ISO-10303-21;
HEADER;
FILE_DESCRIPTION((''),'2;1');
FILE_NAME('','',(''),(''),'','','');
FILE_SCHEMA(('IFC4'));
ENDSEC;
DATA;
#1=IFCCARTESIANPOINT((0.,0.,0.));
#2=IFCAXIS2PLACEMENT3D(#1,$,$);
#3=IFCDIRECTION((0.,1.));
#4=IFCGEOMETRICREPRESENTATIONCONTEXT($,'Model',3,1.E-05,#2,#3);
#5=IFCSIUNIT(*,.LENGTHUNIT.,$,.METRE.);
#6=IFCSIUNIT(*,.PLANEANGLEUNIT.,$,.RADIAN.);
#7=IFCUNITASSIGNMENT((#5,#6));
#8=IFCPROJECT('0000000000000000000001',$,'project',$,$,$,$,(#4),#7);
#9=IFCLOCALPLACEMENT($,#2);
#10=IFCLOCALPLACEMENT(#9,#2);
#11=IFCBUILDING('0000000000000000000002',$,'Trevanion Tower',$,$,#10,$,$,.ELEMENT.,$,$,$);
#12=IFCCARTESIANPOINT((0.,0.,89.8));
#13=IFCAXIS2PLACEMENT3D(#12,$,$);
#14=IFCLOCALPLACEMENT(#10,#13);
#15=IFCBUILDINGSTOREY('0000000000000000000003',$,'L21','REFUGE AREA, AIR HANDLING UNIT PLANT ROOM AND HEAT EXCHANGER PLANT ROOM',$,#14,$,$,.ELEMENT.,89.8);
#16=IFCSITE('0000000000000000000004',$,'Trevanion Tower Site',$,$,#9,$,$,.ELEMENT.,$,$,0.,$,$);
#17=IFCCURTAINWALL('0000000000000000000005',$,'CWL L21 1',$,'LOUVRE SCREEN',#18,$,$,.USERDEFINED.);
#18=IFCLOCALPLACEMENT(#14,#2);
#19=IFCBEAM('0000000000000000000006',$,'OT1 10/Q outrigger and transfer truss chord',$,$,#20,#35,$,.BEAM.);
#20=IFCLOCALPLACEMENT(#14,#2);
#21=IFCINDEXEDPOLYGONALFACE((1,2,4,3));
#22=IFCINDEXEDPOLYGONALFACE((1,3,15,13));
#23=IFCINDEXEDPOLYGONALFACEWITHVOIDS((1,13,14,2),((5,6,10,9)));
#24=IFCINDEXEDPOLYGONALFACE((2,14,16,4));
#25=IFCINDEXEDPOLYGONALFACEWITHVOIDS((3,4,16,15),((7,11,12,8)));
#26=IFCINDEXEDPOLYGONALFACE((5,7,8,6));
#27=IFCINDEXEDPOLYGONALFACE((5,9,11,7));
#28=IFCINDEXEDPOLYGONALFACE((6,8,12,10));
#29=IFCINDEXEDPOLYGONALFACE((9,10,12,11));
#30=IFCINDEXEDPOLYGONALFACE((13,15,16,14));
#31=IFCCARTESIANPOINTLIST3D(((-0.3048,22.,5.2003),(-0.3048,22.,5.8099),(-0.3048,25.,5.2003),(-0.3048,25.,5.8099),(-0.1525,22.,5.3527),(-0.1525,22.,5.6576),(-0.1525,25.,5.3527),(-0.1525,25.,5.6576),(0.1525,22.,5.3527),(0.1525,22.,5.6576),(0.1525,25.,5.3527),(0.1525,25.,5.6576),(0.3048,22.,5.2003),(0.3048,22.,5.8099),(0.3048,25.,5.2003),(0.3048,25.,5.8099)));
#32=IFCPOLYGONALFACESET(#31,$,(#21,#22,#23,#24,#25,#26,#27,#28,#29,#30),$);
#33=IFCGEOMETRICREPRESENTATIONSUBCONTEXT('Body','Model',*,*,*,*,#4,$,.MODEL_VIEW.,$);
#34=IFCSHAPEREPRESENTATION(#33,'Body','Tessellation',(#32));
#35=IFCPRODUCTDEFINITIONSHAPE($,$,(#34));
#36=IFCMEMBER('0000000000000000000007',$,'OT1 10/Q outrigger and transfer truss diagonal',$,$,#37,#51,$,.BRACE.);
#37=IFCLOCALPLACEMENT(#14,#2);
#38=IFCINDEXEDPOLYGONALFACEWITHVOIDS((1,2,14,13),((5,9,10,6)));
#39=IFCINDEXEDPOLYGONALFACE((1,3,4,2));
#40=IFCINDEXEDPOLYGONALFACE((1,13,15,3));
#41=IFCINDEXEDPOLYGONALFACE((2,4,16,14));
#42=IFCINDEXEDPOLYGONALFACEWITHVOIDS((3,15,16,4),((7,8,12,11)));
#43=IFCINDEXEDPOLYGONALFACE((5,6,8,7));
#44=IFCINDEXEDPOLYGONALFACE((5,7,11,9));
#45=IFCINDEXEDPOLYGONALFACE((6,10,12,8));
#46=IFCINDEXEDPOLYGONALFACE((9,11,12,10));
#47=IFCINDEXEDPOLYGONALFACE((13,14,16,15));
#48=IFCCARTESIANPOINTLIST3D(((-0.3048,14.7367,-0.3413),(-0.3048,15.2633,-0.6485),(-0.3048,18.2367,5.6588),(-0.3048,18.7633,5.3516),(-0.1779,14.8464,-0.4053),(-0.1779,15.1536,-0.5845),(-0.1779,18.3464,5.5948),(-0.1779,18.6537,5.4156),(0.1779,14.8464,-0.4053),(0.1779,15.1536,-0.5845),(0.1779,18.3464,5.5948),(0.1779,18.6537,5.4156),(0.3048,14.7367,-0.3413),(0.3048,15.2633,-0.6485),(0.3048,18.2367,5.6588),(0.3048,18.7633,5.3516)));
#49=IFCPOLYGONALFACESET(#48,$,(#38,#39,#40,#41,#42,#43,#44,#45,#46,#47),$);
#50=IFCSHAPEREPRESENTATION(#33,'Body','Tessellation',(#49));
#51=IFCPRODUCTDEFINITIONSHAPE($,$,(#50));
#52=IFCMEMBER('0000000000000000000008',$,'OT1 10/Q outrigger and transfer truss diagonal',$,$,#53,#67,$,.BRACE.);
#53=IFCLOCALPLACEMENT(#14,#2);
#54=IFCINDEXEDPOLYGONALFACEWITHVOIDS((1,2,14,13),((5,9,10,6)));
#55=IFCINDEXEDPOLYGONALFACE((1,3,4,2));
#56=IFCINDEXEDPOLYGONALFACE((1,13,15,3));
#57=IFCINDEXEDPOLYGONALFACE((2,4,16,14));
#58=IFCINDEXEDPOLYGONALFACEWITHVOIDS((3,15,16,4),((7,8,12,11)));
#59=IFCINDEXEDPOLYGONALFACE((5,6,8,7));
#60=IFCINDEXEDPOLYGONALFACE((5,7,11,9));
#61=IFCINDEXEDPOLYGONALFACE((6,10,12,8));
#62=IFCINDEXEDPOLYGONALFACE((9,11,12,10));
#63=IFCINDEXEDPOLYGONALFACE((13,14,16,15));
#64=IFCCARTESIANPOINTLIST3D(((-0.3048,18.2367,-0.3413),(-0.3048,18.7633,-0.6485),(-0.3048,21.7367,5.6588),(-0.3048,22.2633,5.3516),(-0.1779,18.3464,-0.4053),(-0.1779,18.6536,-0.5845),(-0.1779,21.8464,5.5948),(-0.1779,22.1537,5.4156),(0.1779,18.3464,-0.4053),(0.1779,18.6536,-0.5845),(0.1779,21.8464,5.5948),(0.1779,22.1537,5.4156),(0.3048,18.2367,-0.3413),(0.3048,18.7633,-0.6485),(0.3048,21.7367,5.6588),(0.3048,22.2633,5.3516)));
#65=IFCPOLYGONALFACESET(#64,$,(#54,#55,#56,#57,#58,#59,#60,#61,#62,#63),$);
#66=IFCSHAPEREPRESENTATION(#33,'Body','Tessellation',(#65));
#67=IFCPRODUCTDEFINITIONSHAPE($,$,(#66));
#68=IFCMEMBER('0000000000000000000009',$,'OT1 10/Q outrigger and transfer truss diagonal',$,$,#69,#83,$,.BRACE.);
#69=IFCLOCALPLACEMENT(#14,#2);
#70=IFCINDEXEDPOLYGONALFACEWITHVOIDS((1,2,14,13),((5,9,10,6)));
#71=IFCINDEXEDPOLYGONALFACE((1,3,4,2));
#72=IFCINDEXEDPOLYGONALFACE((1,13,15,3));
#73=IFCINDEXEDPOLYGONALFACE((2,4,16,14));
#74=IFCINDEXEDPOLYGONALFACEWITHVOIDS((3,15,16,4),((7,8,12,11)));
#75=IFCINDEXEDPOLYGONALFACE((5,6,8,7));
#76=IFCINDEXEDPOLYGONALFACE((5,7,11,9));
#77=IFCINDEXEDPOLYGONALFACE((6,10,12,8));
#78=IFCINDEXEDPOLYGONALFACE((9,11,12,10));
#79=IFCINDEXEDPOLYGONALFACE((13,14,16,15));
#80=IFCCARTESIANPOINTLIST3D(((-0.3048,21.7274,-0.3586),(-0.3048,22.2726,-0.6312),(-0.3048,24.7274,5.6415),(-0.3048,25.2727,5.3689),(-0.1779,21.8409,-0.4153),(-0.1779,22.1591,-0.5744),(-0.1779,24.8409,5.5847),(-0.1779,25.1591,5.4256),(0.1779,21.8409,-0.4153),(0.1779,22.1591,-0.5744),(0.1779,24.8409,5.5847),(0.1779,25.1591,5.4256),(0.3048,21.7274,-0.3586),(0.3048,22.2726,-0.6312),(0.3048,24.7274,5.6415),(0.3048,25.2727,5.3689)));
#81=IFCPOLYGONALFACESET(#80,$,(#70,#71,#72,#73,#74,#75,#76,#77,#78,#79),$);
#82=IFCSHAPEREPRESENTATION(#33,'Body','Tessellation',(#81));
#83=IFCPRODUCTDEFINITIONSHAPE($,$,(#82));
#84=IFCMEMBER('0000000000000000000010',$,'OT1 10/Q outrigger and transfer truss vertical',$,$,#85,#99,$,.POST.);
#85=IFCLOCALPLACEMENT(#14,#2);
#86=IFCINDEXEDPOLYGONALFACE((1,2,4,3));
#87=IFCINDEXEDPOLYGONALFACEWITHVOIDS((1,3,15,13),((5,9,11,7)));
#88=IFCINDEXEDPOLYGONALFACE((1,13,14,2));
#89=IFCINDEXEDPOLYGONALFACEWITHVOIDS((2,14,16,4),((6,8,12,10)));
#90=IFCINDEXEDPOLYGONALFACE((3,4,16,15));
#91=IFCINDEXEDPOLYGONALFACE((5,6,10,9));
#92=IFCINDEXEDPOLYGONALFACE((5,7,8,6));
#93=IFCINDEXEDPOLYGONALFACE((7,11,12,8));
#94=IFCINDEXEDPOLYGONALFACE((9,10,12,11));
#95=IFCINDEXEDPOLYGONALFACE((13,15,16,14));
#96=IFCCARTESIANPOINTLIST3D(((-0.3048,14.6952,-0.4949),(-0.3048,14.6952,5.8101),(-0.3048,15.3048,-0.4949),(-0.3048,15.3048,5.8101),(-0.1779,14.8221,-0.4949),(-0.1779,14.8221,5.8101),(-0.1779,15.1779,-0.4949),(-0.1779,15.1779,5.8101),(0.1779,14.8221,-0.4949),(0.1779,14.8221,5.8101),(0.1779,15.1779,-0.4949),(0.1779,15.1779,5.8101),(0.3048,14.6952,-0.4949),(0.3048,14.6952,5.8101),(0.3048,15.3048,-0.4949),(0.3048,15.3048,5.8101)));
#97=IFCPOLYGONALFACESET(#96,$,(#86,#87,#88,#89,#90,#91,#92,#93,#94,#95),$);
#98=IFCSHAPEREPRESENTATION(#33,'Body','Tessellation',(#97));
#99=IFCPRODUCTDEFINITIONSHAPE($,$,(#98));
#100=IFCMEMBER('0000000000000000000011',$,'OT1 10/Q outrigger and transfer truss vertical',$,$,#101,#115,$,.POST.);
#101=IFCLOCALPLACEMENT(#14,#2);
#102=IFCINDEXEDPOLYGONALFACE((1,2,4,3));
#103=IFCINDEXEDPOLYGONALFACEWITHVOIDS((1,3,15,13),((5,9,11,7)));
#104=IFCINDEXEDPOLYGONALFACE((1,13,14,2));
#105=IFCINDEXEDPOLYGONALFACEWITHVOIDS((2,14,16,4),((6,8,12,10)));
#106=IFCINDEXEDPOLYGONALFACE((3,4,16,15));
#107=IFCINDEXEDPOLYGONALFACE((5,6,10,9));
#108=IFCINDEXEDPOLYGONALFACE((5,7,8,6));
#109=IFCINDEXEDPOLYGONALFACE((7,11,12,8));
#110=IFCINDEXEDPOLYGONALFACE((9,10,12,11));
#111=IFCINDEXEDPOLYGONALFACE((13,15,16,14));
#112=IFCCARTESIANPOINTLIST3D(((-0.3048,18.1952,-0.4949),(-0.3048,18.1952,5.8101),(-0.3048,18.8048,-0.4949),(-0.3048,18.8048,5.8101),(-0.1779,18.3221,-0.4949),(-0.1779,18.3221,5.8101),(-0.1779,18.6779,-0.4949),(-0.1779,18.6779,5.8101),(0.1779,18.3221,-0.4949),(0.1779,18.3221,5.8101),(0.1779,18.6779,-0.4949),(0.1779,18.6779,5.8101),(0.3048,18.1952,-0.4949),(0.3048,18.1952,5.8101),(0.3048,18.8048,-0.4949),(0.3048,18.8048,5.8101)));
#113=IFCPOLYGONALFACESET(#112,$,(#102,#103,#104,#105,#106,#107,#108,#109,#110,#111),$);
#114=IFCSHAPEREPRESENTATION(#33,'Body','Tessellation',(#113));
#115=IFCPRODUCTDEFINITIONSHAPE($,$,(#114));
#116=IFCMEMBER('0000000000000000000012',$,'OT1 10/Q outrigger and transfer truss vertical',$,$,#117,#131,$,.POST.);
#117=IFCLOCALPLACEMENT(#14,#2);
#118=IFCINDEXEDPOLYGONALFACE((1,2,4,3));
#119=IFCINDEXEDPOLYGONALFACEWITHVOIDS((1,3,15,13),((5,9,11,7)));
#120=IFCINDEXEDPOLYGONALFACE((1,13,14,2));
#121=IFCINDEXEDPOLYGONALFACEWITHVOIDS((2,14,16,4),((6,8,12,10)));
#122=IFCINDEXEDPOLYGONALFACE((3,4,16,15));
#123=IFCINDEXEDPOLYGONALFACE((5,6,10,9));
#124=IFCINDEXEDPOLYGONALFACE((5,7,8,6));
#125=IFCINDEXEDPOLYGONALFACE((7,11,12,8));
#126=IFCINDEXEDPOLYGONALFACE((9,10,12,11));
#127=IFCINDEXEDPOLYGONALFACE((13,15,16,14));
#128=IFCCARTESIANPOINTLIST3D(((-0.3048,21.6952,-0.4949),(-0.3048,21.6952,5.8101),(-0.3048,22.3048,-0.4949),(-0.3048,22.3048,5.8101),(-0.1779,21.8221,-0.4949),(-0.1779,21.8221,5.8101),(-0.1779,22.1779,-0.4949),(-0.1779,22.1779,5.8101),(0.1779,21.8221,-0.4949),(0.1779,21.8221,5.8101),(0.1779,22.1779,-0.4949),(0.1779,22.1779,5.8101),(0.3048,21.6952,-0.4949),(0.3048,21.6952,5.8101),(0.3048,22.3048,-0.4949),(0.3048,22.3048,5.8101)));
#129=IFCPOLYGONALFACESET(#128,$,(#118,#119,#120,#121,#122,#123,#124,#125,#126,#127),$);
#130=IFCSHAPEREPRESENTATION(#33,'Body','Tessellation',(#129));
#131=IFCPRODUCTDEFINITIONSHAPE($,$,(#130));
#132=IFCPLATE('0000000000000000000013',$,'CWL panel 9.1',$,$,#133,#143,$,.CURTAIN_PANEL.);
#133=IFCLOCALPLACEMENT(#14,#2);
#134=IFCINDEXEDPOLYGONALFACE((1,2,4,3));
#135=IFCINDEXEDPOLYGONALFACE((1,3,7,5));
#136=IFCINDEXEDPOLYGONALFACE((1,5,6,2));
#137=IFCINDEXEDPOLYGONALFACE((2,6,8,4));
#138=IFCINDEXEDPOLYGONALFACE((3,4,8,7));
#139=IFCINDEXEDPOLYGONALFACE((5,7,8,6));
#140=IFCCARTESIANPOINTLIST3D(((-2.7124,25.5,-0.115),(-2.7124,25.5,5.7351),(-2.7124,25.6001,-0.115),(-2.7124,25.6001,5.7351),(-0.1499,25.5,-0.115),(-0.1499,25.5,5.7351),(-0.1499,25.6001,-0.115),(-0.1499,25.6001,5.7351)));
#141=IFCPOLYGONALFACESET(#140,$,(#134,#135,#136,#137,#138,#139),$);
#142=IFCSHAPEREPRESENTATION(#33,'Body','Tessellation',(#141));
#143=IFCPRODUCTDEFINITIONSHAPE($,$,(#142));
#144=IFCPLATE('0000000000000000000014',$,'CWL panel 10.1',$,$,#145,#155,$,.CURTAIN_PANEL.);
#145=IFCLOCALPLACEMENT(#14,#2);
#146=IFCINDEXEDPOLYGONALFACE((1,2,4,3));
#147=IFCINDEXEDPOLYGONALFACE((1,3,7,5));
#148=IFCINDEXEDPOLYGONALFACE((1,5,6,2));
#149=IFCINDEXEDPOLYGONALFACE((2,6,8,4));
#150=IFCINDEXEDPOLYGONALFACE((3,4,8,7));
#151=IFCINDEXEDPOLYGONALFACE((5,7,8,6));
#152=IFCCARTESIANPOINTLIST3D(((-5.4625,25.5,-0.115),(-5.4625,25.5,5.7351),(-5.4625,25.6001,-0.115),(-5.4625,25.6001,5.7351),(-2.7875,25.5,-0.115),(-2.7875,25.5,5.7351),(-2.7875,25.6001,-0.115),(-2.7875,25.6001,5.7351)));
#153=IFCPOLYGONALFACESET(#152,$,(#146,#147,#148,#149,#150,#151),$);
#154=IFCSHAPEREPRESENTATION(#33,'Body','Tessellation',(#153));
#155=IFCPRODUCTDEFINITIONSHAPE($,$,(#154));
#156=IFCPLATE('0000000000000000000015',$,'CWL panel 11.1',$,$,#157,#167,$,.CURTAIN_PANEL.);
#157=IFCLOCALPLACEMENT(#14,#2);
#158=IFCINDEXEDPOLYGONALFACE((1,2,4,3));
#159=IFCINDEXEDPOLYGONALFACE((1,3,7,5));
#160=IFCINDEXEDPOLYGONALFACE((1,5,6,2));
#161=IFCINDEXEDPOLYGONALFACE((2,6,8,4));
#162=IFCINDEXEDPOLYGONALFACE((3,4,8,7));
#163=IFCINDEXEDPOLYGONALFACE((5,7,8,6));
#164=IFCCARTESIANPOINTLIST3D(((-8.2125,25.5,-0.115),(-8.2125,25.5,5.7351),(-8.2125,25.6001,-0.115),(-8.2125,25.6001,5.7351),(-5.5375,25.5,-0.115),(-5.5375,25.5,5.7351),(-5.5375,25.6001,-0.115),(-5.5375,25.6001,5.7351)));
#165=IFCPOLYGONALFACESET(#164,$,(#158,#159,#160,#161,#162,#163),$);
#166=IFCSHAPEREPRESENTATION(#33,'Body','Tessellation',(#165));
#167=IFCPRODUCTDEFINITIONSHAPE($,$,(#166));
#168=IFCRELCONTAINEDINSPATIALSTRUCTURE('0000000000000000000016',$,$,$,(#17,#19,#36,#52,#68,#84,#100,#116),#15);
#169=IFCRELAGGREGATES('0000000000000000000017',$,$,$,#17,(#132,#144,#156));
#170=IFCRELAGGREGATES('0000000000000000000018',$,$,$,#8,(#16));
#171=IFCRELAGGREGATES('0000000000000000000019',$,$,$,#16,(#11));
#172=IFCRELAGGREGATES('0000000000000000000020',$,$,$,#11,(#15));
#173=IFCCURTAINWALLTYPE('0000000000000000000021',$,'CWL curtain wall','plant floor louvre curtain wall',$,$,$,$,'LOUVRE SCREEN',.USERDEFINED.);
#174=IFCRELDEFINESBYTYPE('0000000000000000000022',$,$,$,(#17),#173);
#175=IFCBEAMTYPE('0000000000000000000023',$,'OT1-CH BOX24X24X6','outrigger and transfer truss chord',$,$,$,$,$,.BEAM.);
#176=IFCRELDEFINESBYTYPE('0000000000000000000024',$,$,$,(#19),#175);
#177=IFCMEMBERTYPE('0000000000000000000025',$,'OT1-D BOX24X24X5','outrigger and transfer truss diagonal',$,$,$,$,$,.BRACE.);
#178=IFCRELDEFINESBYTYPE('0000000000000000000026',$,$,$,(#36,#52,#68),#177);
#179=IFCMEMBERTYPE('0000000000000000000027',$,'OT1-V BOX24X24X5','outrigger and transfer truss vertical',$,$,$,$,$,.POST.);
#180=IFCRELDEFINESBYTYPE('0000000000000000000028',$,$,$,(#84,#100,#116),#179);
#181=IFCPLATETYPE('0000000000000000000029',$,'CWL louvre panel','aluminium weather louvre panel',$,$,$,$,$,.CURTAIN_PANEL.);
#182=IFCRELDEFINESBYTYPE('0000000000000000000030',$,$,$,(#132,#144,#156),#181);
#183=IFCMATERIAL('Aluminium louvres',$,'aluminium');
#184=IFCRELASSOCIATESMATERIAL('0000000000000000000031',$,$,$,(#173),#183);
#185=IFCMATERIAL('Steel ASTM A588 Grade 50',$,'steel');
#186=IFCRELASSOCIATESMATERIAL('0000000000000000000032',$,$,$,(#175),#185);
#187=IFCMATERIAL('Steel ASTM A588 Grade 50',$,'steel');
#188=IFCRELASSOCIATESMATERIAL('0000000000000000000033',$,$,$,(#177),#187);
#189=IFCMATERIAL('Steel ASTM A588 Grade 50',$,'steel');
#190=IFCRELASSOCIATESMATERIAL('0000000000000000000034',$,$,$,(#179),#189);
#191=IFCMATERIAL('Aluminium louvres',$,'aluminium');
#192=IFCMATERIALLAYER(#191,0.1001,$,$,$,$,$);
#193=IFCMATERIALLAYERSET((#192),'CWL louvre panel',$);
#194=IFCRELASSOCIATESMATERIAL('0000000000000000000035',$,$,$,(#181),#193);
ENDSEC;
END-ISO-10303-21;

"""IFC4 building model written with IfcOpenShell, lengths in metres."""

from ifc_helpers import new_model, si_unit, direction, frame, origin, origin_2d, place, context, subcontext, project, spatial, rectangle, hollow_rectangle, extrude, material, layer, layer_set, material_profile, profile_set, type_object, element, aggregate, save


model = new_model("IFC4")

# Units and contexts
model_context = context("Model", 3, precision=1e-05, world=origin(), true_north=direction((0.0, 1.0)))
body_context = subcontext(model_context, "Body", "Model", "MODEL_VIEW")
ifc_project = project(units=[si_unit("LENGTHUNIT", "METRE"), si_unit("PLANEANGLEUNIT", "RADIAN")], contexts=[model_context])

# Site, building, storey
site_placement = place(None, origin())
site = spatial("IfcSite", under=ifc_project, at=site_placement, Name="Trevanion Tower Site", CompositionType="ELEMENT", RefElevation=0.0)
building_placement = place(site_placement, origin())
building = spatial("IfcBuilding", under=site, at=building_placement, Name="Trevanion Tower", CompositionType="ELEMENT")
storey_placement = place(building_placement, frame((0.0, 0.0, 89.8)))
storey = spatial("IfcBuildingStorey", under=building, at=storey_placement, Name="L21", Description="REFUGE AREA, AIR HANDLING UNIT PLANT ROOM AND HEAT EXCHANGER PLANT ROOM", CompositionType="ELEMENT", Elevation=89.8)

# Curtain wall
ifc_material_1 = material(Name="Aluminium louvres", Category="aluminium")
curtain_wall_type = type_object("IfcCurtainWallType", Name="CWL curtain wall", Description="plant floor louvre curtain wall", ElementType="LOUVRE SCREEN", PredefinedType="USERDEFINED", material=ifc_material_1)
curtain_wall_placement = place(storey_placement, origin())
curtain_wall = element("IfcCurtainWall", 1, at=curtain_wall_placement, inside=storey, type_object=curtain_wall_type, Name="CWL L21 1", ObjectType="LOUVRE SCREEN", PredefinedType="USERDEFINED")

# Beam
ifc_material_2 = material(Name="Steel ASTM A588 Grade 50", Category="steel")
ifc_material_profile_1 = material_profile(ifc_material_2, hollow_rectangle(XDim=0.6096, YDim=0.6096, WallThickness=0.1523, at=origin_2d()), Name="BOX24X24X6")
ifc_profile_set_1 = profile_set([ifc_material_profile_1], Name="Steel ASTM A588 Grade 50")
beam_type_1 = type_object("IfcBeamType", Name="OT1-CH BOX24X24X6", Description="outrigger and transfer truss chord", PredefinedType="BEAM", material=ifc_profile_set_1)
beam_1_placement = place(storey_placement, frame((0.0, 22.0, 5.5051), z_axis=(0.0, 1.0, 0.0), x_axis=(-1.0, 0.0, 0.0)))
element("IfcBeam", 2, at=beam_1_placement, inside=storey, type_object=beam_type_1, Name="OT1 10/Q outrigger and transfer truss chord", PredefinedType="BEAM", context=body_context, shape_type="SweptSolid", body=[
    extrude(hollow_rectangle(XDim=0.6096, YDim=0.6096, WallThickness=0.1523, at=origin_2d()), origin(), (0.0, 0.0, 1.0), 3.0),
])

# Members
ifc_material_3 = material(Name="Steel ASTM A588 Grade 50", Category="steel")
ifc_material_profile_2 = material_profile(ifc_material_3, hollow_rectangle(XDim=0.6096, YDim=0.6096, WallThickness=0.127, at=origin_2d()), Name="BOX24X24X5")
ifc_profile_set_2 = profile_set([ifc_material_profile_2], Name="Steel ASTM A588 Grade 50")
member_type_1 = type_object("IfcMemberType", Name="OT1-D BOX24X24X5", Description="outrigger and transfer truss diagonal", PredefinedType="BRACE", material=ifc_profile_set_2)
for number, where, z_axis, x_axis, name in (
    (3, (0.0, 15.0, -0.4949), (0.0, 0.503871, 0.863779), (-1.0, 0.0, 0.0), "OT1 10/Q outrigger and transfer truss diagonal"),
    (4, (0.0, 18.5, -0.4949), (0.0, 0.503871, 0.863779), (-1.0, 0.0, 0.0), "OT1 10/Q outrigger and transfer truss diagonal"),
):
    element("IfcMember", number, at=place(storey_placement, frame(where, z_axis=z_axis, x_axis=x_axis)), inside=storey, type_object=member_type_1, Name=name, PredefinedType="BRACE", context=body_context, shape_type="SweptSolid", body=[
        extrude(hollow_rectangle(XDim=0.6096, YDim=0.6096, WallThickness=0.127, at=origin_2d()), origin(), (0.0, 0.0, 1.0), 6.9463),
    ])
member_1_placement = place(storey_placement, frame((0.0, 22.0, -0.4949), z_axis=(0.0, 0.447214, 0.894427), x_axis=(-1.0, 0.0, 0.0)))
element("IfcMember", 5, at=member_1_placement, inside=storey, type_object=member_type_1, Name="OT1 10/Q outrigger and transfer truss diagonal", PredefinedType="BRACE", context=body_context, shape_type="SweptSolid", body=[
    extrude(hollow_rectangle(XDim=0.6096, YDim=0.6096, WallThickness=0.127, at=origin_2d()), origin(), (0.0, 0.0, 1.0), 6.7083),
])
ifc_material_4 = material(Name="Steel ASTM A588 Grade 50", Category="steel")
ifc_material_profile_3 = material_profile(ifc_material_4, hollow_rectangle(XDim=0.6096, YDim=0.6096, WallThickness=0.127, at=origin_2d()), Name="BOX24X24X5")
ifc_profile_set_3 = profile_set([ifc_material_profile_3], Name="Steel ASTM A588 Grade 50")
member_type_2 = type_object("IfcMemberType", Name="OT1-V BOX24X24X5", Description="outrigger and transfer truss vertical", PredefinedType="POST", material=ifc_profile_set_3)
for number, where, z_axis, x_axis, name in (
    (6, (0.0, 15.0, -0.4949), (0.0, 0.0, 1.0), (1.0, 0.0, 0.0), "OT1 10/Q outrigger and transfer truss vertical"),
    (7, (0.0, 18.5, -0.4949), (0.0, 0.0, 1.0), (1.0, 0.0, 0.0), "OT1 10/Q outrigger and transfer truss vertical"),
    (8, (0.0, 22.0, -0.4949), (0.0, 0.0, 1.0), (1.0, 0.0, 0.0), "OT1 10/Q outrigger and transfer truss vertical"),
):
    element("IfcMember", number, at=place(storey_placement, frame(where, z_axis=z_axis, x_axis=x_axis)), inside=storey, type_object=member_type_2, Name=name, PredefinedType="POST", context=body_context, shape_type="SweptSolid", body=[
        extrude(hollow_rectangle(XDim=0.6096, YDim=0.6096, WallThickness=0.127, at=origin_2d()), origin(), (0.0, 0.0, 1.0), 6.3049),
    ])

# Plates
ifc_material_5 = material(Name="Aluminium louvres", Category="aluminium")
ifc_layer = layer(ifc_material_5, 0.1001)
ifc_layer_set = layer_set([ifc_layer], Name="CWL louvre panel")
plate_type = type_object("IfcPlateType", Name="CWL louvre panel", Description="aluminium weather louvre panel", PredefinedType="CURTAIN_PANEL", material=ifc_layer_set)
plate_1_placement = place(storey_placement, frame((-1.4312, 25.55, -0.115), z_axis=(0.0, 0.0, 1.0), x_axis=(-1.0, 0.0, 0.0)))
plate_1 = element("IfcPlate", 9, at=plate_1_placement, type_object=plate_type, Name="CWL panel 9.1", PredefinedType="CURTAIN_PANEL", context=body_context, shape_type="SweptSolid", body=[
    extrude(rectangle(XDim=2.5625, YDim=0.1001, at=origin_2d()), origin(), (0.0, 0.0, 1.0), 5.8501),
])
plate_2_placement = place(storey_placement, frame((-4.125, 25.55, -0.115), z_axis=(0.0, 0.0, 1.0), x_axis=(-1.0, 0.0, 0.0)))
plate_2 = element("IfcPlate", 10, at=plate_2_placement, type_object=plate_type, Name="CWL panel 10.1", PredefinedType="CURTAIN_PANEL", context=body_context, shape_type="SweptSolid", body=[
    extrude(rectangle(XDim=2.675, YDim=0.1001, at=origin_2d()), origin(), (0.0, 0.0, 1.0), 5.8501),
])
plate_3_placement = place(storey_placement, frame((-6.875, 25.55, -0.115), z_axis=(0.0, 0.0, 1.0), x_axis=(-1.0, 0.0, 0.0)))
plate_3 = element("IfcPlate", 11, at=plate_3_placement, type_object=plate_type, Name="CWL panel 11.1", PredefinedType="CURTAIN_PANEL", context=body_context, shape_type="SweptSolid", body=[
    extrude(rectangle(XDim=2.675, YDim=0.1001, at=origin_2d()), origin(), (0.0, 0.0, 1.0), 5.8501),
])
aggregate(curtain_wall, [plate_1, plate_2, plate_3])

save(model, "model.ifc")
